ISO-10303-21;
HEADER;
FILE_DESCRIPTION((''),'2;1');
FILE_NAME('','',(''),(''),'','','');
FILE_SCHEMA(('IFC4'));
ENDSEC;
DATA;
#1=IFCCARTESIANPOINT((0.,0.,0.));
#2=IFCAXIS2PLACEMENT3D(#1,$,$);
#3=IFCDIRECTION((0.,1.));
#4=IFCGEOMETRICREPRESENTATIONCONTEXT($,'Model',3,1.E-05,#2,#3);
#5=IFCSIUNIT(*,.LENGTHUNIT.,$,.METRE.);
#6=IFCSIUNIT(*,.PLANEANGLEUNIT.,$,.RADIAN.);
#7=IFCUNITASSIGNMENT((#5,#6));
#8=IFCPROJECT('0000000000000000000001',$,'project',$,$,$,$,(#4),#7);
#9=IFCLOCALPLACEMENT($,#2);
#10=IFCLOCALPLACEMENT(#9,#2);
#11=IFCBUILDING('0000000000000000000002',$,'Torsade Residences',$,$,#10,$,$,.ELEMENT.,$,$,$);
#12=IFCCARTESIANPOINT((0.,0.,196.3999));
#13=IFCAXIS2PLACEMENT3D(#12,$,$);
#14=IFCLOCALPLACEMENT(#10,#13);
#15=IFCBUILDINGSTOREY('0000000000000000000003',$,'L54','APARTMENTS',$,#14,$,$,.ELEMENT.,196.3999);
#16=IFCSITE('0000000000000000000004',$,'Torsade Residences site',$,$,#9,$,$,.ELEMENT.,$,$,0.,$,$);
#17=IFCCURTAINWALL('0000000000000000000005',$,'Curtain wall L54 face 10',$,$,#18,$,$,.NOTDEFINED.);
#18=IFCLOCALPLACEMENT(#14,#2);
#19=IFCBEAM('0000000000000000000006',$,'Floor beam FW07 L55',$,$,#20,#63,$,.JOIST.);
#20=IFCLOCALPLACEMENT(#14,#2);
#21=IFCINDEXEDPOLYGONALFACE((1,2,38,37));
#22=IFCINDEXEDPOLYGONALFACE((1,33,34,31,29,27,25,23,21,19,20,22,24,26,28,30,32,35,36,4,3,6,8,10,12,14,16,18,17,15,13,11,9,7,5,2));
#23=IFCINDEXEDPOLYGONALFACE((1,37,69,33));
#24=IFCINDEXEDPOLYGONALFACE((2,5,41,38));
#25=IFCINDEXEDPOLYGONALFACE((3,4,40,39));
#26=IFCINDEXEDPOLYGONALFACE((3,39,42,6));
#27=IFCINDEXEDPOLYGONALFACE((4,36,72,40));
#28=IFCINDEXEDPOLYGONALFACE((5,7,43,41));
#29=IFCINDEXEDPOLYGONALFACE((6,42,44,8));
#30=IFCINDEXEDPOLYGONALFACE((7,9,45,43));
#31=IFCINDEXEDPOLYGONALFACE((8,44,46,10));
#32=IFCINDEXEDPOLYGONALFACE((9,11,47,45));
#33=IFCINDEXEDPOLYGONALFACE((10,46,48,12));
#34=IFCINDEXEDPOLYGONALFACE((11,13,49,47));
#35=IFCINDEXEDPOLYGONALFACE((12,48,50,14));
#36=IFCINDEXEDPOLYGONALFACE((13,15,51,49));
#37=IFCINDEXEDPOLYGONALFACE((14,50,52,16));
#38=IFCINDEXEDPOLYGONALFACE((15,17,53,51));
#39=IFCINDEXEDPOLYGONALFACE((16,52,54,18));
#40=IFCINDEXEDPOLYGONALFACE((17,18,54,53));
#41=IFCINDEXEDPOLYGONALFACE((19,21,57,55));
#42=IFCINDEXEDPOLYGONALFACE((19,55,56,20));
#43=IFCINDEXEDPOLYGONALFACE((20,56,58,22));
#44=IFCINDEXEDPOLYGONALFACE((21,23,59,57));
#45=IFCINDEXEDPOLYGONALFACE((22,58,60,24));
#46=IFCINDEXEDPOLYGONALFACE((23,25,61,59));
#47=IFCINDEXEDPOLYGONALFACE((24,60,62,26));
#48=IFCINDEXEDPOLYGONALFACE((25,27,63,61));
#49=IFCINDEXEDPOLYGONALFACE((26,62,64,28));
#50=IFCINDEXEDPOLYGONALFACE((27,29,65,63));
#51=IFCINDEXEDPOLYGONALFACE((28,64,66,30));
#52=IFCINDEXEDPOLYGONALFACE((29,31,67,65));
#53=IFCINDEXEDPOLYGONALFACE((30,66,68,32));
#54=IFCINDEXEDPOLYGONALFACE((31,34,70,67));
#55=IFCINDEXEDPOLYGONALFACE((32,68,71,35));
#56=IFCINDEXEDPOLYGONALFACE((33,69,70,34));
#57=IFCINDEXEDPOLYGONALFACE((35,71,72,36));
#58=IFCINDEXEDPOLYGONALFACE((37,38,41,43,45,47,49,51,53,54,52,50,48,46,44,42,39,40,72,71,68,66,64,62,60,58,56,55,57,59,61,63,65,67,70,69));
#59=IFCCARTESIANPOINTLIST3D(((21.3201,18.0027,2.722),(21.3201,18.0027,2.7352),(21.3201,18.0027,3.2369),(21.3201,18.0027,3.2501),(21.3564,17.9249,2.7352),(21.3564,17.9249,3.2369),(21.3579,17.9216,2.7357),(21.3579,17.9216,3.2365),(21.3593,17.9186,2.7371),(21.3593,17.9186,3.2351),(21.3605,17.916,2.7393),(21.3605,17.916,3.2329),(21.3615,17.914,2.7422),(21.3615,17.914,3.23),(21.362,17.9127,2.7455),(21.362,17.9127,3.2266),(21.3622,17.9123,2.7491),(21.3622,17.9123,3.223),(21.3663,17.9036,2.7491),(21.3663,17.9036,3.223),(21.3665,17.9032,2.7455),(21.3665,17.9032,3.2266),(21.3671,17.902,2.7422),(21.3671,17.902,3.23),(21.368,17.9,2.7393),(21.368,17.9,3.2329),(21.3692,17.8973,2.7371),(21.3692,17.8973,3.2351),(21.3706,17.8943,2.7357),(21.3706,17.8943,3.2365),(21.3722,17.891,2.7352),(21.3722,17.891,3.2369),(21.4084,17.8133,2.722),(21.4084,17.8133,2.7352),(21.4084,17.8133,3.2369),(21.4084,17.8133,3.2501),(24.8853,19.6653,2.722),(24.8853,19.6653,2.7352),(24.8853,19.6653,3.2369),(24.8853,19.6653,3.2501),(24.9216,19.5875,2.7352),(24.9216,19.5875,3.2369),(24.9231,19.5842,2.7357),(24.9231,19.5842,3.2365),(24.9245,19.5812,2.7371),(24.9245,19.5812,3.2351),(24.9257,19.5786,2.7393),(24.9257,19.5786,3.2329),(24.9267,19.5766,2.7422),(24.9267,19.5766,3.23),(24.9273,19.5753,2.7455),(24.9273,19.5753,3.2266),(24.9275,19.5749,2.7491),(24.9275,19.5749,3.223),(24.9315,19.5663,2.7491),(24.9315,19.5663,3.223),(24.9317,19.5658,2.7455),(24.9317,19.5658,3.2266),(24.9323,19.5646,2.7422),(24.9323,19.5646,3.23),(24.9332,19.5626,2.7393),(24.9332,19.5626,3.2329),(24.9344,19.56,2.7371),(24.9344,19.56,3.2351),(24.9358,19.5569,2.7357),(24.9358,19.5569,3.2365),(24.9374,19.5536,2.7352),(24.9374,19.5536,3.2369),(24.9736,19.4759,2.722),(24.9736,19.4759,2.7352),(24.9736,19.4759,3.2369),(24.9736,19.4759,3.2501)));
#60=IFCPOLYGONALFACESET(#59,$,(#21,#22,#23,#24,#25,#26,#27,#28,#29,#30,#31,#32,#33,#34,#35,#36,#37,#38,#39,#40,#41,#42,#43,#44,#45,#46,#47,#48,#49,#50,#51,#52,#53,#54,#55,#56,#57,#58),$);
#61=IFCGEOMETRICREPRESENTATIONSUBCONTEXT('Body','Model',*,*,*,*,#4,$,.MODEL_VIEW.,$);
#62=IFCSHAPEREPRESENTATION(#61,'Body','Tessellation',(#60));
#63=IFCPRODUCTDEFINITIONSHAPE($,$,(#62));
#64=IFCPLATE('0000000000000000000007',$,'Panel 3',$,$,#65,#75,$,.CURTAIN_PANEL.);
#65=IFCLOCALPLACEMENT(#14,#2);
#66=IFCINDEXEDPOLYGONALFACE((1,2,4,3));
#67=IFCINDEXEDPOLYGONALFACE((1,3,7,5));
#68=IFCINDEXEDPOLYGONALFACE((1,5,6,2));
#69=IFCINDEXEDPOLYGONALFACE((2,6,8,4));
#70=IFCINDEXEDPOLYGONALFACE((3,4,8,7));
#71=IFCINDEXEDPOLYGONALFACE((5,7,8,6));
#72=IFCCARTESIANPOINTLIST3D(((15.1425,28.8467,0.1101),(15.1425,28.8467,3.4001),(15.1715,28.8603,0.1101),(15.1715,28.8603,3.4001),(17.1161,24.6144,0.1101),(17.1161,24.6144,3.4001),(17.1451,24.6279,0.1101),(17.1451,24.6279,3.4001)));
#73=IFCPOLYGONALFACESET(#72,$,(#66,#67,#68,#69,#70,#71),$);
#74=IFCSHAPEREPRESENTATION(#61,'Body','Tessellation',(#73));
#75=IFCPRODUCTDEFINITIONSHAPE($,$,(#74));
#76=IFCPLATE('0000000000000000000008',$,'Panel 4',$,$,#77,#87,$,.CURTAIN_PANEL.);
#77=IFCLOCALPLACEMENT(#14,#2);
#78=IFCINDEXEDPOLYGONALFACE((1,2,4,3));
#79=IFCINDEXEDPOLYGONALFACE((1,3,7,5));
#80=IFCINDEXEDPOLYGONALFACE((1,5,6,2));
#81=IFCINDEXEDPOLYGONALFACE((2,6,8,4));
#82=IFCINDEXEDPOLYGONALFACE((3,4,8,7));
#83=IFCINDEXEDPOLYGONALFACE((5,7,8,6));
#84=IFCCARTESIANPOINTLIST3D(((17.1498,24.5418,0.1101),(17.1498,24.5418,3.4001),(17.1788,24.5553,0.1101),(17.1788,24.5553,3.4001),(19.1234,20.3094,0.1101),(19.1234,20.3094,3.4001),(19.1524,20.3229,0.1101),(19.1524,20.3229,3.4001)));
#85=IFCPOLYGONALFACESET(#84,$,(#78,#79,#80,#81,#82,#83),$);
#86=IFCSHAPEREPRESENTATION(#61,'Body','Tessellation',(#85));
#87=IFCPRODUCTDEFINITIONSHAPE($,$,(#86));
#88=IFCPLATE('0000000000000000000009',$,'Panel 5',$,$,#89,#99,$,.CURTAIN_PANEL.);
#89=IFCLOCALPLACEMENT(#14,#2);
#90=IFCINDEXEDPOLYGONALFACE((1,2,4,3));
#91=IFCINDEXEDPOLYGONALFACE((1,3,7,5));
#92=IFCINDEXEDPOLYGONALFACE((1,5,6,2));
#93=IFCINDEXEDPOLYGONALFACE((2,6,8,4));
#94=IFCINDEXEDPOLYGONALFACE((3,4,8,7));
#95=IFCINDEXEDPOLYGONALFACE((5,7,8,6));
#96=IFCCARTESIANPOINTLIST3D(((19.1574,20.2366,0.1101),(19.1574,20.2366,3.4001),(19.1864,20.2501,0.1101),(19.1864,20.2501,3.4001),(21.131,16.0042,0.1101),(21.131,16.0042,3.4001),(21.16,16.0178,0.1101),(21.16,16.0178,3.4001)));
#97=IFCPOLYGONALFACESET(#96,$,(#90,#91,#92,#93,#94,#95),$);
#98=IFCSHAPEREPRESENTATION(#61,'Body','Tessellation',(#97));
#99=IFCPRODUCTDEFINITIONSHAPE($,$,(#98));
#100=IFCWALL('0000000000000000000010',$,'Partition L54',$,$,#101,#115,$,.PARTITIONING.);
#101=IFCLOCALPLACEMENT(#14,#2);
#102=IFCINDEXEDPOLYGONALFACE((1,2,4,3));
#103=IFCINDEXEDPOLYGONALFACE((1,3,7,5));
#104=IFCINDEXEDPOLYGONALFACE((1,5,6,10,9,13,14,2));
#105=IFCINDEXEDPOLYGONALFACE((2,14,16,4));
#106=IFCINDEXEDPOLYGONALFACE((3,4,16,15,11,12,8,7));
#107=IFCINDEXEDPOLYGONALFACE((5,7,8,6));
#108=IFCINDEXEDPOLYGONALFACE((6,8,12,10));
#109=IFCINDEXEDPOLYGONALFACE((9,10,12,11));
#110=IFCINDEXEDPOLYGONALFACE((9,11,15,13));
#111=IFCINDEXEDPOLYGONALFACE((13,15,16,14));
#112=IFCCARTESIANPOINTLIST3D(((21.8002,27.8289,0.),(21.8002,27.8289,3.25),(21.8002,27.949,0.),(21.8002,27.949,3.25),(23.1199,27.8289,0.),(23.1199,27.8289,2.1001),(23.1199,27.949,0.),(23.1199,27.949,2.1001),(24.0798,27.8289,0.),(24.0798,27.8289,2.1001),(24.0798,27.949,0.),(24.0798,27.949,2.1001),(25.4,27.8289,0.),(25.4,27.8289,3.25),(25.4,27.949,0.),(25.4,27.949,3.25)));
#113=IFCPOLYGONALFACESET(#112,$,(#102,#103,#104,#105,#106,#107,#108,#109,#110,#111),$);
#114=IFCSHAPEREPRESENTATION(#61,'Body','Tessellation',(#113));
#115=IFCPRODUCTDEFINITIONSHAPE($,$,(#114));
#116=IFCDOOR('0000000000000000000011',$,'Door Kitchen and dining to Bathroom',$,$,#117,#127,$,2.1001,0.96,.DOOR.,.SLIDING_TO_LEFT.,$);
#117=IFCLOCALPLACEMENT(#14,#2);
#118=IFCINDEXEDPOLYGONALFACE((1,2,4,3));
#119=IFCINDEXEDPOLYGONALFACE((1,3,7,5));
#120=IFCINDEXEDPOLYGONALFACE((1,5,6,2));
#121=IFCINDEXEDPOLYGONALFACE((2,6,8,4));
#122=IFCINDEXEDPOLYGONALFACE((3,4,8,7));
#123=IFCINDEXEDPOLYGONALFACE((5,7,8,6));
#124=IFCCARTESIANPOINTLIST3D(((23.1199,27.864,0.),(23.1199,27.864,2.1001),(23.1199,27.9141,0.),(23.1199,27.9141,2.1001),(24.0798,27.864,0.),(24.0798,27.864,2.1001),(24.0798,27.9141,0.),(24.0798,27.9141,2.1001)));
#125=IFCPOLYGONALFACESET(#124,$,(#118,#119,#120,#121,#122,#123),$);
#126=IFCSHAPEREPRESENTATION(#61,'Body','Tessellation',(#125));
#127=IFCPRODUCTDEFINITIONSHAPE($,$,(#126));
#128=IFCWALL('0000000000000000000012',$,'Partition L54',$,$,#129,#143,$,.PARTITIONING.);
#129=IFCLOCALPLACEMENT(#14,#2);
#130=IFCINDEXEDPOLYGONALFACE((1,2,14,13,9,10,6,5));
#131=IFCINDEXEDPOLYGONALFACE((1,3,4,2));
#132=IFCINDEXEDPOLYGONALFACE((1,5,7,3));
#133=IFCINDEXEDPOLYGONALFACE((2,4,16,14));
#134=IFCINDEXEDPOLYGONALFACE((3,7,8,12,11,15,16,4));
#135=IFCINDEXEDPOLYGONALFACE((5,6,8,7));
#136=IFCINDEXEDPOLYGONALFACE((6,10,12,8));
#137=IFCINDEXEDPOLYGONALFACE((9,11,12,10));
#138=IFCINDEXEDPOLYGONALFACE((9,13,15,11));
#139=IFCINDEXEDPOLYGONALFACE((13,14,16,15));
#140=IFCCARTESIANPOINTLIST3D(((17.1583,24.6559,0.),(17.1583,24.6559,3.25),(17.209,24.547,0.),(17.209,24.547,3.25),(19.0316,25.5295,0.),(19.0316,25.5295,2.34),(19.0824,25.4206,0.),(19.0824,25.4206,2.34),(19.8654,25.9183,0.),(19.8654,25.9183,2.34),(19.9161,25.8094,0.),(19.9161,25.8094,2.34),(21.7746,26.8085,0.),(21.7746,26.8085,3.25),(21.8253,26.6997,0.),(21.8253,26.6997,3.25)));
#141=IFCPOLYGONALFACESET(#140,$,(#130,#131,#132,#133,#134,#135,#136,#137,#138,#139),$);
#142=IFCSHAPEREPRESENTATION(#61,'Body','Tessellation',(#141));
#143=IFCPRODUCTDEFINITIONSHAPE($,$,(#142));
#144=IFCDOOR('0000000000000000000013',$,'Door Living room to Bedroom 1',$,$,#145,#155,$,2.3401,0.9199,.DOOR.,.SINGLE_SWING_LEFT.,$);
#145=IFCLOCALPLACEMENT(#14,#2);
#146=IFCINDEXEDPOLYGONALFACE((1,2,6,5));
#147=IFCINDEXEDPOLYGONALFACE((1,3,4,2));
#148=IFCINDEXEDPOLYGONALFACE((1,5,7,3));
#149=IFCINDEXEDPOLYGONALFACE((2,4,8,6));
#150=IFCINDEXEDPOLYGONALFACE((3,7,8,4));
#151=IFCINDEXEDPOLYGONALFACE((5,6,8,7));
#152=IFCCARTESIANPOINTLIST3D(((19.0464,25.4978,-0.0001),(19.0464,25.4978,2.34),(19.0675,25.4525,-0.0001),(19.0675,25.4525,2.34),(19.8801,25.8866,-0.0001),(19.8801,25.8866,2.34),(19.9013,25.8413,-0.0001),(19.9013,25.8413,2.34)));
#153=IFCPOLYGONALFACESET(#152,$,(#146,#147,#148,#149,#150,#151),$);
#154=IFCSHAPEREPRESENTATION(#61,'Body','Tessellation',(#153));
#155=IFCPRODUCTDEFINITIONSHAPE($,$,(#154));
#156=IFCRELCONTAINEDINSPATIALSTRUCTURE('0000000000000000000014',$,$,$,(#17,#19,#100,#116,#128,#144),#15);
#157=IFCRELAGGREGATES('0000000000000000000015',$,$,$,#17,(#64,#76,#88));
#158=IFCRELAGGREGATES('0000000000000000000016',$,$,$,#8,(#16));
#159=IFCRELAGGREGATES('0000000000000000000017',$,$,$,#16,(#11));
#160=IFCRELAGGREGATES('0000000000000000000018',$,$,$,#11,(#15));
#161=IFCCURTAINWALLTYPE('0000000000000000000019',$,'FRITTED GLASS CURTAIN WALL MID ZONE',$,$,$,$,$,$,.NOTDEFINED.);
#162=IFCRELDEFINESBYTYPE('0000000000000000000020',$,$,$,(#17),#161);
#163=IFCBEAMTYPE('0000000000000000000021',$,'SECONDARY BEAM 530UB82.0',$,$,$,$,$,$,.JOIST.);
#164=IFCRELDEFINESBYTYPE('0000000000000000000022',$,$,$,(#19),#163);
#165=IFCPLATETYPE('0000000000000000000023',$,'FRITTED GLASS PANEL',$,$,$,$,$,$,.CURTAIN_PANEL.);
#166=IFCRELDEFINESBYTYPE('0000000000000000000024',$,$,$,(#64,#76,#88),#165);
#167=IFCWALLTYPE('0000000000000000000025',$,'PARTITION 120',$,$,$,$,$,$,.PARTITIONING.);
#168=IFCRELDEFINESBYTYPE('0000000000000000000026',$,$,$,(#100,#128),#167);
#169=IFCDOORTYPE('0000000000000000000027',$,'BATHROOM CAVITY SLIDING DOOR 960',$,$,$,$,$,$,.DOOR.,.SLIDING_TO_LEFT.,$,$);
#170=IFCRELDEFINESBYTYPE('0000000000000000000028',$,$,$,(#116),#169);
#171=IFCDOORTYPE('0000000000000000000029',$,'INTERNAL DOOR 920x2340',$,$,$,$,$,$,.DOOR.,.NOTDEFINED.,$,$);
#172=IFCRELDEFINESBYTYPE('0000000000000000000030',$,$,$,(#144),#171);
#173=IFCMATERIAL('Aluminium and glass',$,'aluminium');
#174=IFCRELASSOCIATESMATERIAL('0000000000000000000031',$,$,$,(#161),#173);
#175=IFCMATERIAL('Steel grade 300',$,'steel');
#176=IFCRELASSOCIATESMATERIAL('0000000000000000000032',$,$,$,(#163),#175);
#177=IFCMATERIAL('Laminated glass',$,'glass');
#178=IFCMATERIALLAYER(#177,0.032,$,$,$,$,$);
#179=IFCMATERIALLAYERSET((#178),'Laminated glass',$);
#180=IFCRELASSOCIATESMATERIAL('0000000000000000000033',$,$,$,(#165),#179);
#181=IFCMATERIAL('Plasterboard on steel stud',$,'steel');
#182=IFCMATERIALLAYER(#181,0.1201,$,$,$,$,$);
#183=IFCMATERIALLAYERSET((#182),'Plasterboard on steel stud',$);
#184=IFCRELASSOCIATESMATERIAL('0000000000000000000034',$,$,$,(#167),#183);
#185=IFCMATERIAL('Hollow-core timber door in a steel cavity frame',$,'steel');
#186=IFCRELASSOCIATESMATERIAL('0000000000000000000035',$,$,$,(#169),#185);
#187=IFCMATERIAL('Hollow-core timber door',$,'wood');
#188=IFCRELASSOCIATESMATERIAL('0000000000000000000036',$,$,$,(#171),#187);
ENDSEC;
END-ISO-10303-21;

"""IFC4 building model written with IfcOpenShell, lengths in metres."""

from ifc_helpers import new_model, si_unit, direction, frame, frame_2d, origin, origin_2d, place, context, subcontext, project, spatial, rectangle, i_section, extrude, material, layer, layer_set, material_profile, profile_set, type_object, element, fill, aggregate, save


model = new_model("IFC4")

# Units and contexts
model_context = context("Model", 3, precision=1e-05, world=origin(), true_north=direction((0.0, 1.0)))
body_context = subcontext(model_context, "Body", "Model", "MODEL_VIEW")
ifc_project = project(units=[si_unit("LENGTHUNIT", "METRE"), si_unit("PLANEANGLEUNIT", "RADIAN")], contexts=[model_context])

# Site, building, storey
site_placement = place(None, origin())
site = spatial("IfcSite", under=ifc_project, at=site_placement, Name="Torsade Residences site", CompositionType="ELEMENT", RefElevation=0.0)
building_placement = place(site_placement, origin())
building = spatial("IfcBuilding", under=site, at=building_placement, Name="Torsade Residences", CompositionType="ELEMENT")
storey_placement = place(building_placement, frame((0.0, 0.0, 196.3999)))
storey = spatial("IfcBuildingStorey", under=building, at=storey_placement, Name="L54", Description="APARTMENTS", CompositionType="ELEMENT", Elevation=196.3999)

# Curtain wall
ifc_material_1 = material(Name="Aluminium and glass", Category="aluminium")
curtain_wall_type = type_object("IfcCurtainWallType", Name="FRITTED GLASS CURTAIN WALL MID ZONE", PredefinedType="NOTDEFINED", material=ifc_material_1)
curtain_wall_placement = place(storey_placement, origin())
curtain_wall = element("IfcCurtainWall", 1, at=curtain_wall_placement, inside=storey, type_object=curtain_wall_type, Name="Curtain wall L54 face 10", PredefinedType="NOTDEFINED")

# Beam
ifc_material_2 = material(Name="Steel grade 300", Category="steel")
ifc_material_profile_1 = material_profile(ifc_material_2, i_section(OverallWidth=0.209, OverallDepth=0.5281, WebThickness=0.0095, FlangeThickness=0.0132, FilletRadius=0.0139, at=origin_2d()), Name="530UB82.0")
ifc_profile_set_1 = profile_set([ifc_material_profile_1], Name="Steel grade 300")
beam_type_1 = type_object("IfcBeamType", Name="SECONDARY BEAM 530UB82.0", PredefinedType="JOIST", material=ifc_profile_set_1)
beam_1_placement = place(storey_placement, frame((21.3643, 17.908, 2.9861), z_axis=(0.906296, 0.422644, 0.0), x_axis=(-0.422644, 0.906296, 0.0)))
element("IfcBeam", 2, at=beam_1_placement, inside=storey, type_object=beam_type_1, Name="Floor beam FW07 L55", PredefinedType="JOIST", context=body_context, shape_type="SweptSolid", body=[
    extrude(i_section(OverallWidth=0.209, OverallDepth=0.5281, WebThickness=0.0095, FlangeThickness=0.0132, FilletRadius=0.0139, at=origin_2d()), origin(), (0.0, 0.0, 1.0), 3.9338),
])

# Plates
ifc_material_3 = material(Name="Laminated glass", Category="glass")
ifc_layer_1 = layer(ifc_material_3, 0.032)
ifc_layer_set_1 = layer_set([ifc_layer_1], Name="Laminated glass")
plate_type = type_object("IfcPlateType", Name="FRITTED GLASS PANEL", PredefinedType="CURTAIN_PANEL", material=ifc_layer_set_1)
plate_1_placement = place(storey_placement, frame((16.1438, 26.7373, 0.1101), z_axis=(0.0, 0.0, 1.0), x_axis=(0.422618, -0.906308, 0.0)))
plate_1 = element("IfcPlate", 3, at=plate_1_placement, type_object=plate_type, Name="Panel 3", PredefinedType="CURTAIN_PANEL", context=body_context, shape_type="SweptSolid", body=[
    extrude(rectangle(XDim=4.6699, YDim=0.032, at=origin_2d()), origin(), (0.0, 0.0, 1.0), 3.29),
])
plate_2_placement = place(storey_placement, frame((18.1511, 22.4324, 0.1101), z_axis=(0.0, 0.0, 1.0), x_axis=(0.422618, -0.906308, 0.0)))
plate_2 = element("IfcPlate", 4, at=plate_2_placement, type_object=plate_type, Name="Panel 4", PredefinedType="CURTAIN_PANEL", context=body_context, shape_type="SweptSolid", body=[
    extrude(rectangle(XDim=4.6699, YDim=0.032, at=origin_2d()), origin(), (0.0, 0.0, 1.0), 3.29),
])
plate_3_placement = place(storey_placement, frame((20.1587, 18.1272, 0.1101), z_axis=(0.0, 0.0, 1.0), x_axis=(0.422618, -0.906308, 0.0)))
plate_3 = element("IfcPlate", 5, at=plate_3_placement, type_object=plate_type, Name="Panel 5", PredefinedType="CURTAIN_PANEL", context=body_context, shape_type="SweptSolid", body=[
    extrude(rectangle(XDim=4.6699, YDim=0.032, at=origin_2d()), origin(), (0.0, 0.0, 1.0), 3.29),
])
aggregate(curtain_wall, [plate_1, plate_2, plate_3])

# Walls, openings, doors
ifc_material_4 = material(Name="Plasterboard on steel stud", Category="steel")
ifc_layer_2 = layer(ifc_material_4, 0.1201)
ifc_layer_set_2 = layer_set([ifc_layer_2], Name="Plasterboard on steel stud")
wall_type_1 = type_object("IfcWallType", Name="PARTITION 120", PredefinedType="PARTITIONING", material=ifc_layer_set_2)
wall_1_placement = place(storey_placement, frame((25.3999, 27.8889, 0.0), z_axis=(0.0, 0.0, 1.0), x_axis=(-1.0, 0.0, 0.0)))
wall_1 = element("IfcWall", 6, at=wall_1_placement, inside=storey, type_object=wall_type_1, Name="Partition L54", PredefinedType="PARTITIONING", context=body_context, shape_type="SweptSolid", body=[
    extrude(rectangle(XDim=3.5999, YDim=0.1201, at=frame_2d((1.7998, 0.0))), origin(), (0.0, 0.0, 1.0), 3.25),
])
opening_1_placement = place(wall_1_placement, frame((1.3201, 0.0, 0.0)))
opening_1 = element("IfcOpeningElement", 7, at=opening_1_placement, cuts=wall_1, PredefinedType="OPENING", context=body_context, shape_type="SweptSolid", body=[
    extrude(rectangle(XDim=0.96, YDim=2.1001, at=frame_2d((0.48, 1.05))), frame((0.0, 0.0701, 0.0), z_axis=(0.0, -1.0, 0.0), x_axis=(1.0, 0.0, 0.0)), (0.0, 0.0, 1.0), 0.1401),
])
ifc_material_5 = material(Name="Hollow-core timber door in a steel cavity frame", Category="steel")
door_type_1 = type_object("IfcDoorType", Name="BATHROOM CAVITY SLIDING DOOR 960", OperationType="SLIDING_TO_LEFT", PredefinedType="DOOR", material=ifc_material_5)
door_1_placement = place(opening_1_placement, origin())
door_1 = element("IfcDoor", 8, at=door_1_placement, inside=storey, type_object=door_type_1, Name="Door Kitchen and dining to Bathroom", OperationType="SLIDING_TO_LEFT", OverallHeight=2.1001, OverallWidth=0.96, PredefinedType="DOOR", context=body_context, shape_type="SweptSolid", body=[
    extrude(rectangle(XDim=0.96, YDim=2.1001, at=frame_2d((0.48, 1.05))), frame((0.0, 0.0249, 0.0), z_axis=(0.0, -1.0, 0.0), x_axis=(1.0, 0.0, 0.0)), (0.0, 0.0, 1.0), 0.05),
])
fill(opening_1, door_1)
wall_2_placement = place(storey_placement, frame((21.8, 26.7542, 0.0), z_axis=(0.0, 0.0, 1.0), x_axis=(-0.906307, -0.42262, 0.0)))
wall_2 = element("IfcWall", 9, at=wall_2_placement, inside=storey, type_object=wall_type_1, Name="Partition L54", PredefinedType="PARTITIONING", context=body_context, shape_type="SweptSolid", body=[
    extrude(rectangle(XDim=5.0935, YDim=0.1201, at=frame_2d((2.5469, 0.0))), origin(), (0.0, 0.0, 1.0), 3.25),
])
opening_2_placement = place(wall_2_placement, frame((2.1067, 0.0, 0.0)))
opening_2 = element("IfcOpeningElement", 10, at=opening_2_placement, cuts=wall_2, PredefinedType="OPENING", context=body_context, shape_type="SweptSolid", body=[
    extrude(rectangle(XDim=0.9199, YDim=2.3401, at=frame_2d((0.46, 1.1699))), frame((0.0, 0.0701, 0.0), z_axis=(0.0, -1.0, 0.0), x_axis=(1.0, 0.0, 0.0)), (0.0, 0.0, 1.0), 0.1401),
])
ifc_material_6 = material(Name="Hollow-core timber door", Category="wood")
door_type_2 = type_object("IfcDoorType", Name="INTERNAL DOOR 920x2340", OperationType="NOTDEFINED", PredefinedType="DOOR", material=ifc_material_6)
door_2_placement = place(opening_2_placement, origin())
door_2 = element("IfcDoor", 11, at=door_2_placement, inside=storey, type_object=door_type_2, Name="Door Living room to Bedroom 1", OperationType="SINGLE_SWING_LEFT", OverallHeight=2.3401, OverallWidth=0.9199, PredefinedType="DOOR", context=body_context, shape_type="SweptSolid", body=[
    extrude(rectangle(XDim=0.9199, YDim=2.3401, at=frame_2d((0.46, 1.1699))), frame((0.0, 0.0249, 0.0), z_axis=(0.0, -1.0, 0.0), x_axis=(1.0, 0.0, 0.0)), (0.0, 0.0, 1.0), 0.05),
])
fill(opening_2, door_2)

save(model, "model.ifc")
